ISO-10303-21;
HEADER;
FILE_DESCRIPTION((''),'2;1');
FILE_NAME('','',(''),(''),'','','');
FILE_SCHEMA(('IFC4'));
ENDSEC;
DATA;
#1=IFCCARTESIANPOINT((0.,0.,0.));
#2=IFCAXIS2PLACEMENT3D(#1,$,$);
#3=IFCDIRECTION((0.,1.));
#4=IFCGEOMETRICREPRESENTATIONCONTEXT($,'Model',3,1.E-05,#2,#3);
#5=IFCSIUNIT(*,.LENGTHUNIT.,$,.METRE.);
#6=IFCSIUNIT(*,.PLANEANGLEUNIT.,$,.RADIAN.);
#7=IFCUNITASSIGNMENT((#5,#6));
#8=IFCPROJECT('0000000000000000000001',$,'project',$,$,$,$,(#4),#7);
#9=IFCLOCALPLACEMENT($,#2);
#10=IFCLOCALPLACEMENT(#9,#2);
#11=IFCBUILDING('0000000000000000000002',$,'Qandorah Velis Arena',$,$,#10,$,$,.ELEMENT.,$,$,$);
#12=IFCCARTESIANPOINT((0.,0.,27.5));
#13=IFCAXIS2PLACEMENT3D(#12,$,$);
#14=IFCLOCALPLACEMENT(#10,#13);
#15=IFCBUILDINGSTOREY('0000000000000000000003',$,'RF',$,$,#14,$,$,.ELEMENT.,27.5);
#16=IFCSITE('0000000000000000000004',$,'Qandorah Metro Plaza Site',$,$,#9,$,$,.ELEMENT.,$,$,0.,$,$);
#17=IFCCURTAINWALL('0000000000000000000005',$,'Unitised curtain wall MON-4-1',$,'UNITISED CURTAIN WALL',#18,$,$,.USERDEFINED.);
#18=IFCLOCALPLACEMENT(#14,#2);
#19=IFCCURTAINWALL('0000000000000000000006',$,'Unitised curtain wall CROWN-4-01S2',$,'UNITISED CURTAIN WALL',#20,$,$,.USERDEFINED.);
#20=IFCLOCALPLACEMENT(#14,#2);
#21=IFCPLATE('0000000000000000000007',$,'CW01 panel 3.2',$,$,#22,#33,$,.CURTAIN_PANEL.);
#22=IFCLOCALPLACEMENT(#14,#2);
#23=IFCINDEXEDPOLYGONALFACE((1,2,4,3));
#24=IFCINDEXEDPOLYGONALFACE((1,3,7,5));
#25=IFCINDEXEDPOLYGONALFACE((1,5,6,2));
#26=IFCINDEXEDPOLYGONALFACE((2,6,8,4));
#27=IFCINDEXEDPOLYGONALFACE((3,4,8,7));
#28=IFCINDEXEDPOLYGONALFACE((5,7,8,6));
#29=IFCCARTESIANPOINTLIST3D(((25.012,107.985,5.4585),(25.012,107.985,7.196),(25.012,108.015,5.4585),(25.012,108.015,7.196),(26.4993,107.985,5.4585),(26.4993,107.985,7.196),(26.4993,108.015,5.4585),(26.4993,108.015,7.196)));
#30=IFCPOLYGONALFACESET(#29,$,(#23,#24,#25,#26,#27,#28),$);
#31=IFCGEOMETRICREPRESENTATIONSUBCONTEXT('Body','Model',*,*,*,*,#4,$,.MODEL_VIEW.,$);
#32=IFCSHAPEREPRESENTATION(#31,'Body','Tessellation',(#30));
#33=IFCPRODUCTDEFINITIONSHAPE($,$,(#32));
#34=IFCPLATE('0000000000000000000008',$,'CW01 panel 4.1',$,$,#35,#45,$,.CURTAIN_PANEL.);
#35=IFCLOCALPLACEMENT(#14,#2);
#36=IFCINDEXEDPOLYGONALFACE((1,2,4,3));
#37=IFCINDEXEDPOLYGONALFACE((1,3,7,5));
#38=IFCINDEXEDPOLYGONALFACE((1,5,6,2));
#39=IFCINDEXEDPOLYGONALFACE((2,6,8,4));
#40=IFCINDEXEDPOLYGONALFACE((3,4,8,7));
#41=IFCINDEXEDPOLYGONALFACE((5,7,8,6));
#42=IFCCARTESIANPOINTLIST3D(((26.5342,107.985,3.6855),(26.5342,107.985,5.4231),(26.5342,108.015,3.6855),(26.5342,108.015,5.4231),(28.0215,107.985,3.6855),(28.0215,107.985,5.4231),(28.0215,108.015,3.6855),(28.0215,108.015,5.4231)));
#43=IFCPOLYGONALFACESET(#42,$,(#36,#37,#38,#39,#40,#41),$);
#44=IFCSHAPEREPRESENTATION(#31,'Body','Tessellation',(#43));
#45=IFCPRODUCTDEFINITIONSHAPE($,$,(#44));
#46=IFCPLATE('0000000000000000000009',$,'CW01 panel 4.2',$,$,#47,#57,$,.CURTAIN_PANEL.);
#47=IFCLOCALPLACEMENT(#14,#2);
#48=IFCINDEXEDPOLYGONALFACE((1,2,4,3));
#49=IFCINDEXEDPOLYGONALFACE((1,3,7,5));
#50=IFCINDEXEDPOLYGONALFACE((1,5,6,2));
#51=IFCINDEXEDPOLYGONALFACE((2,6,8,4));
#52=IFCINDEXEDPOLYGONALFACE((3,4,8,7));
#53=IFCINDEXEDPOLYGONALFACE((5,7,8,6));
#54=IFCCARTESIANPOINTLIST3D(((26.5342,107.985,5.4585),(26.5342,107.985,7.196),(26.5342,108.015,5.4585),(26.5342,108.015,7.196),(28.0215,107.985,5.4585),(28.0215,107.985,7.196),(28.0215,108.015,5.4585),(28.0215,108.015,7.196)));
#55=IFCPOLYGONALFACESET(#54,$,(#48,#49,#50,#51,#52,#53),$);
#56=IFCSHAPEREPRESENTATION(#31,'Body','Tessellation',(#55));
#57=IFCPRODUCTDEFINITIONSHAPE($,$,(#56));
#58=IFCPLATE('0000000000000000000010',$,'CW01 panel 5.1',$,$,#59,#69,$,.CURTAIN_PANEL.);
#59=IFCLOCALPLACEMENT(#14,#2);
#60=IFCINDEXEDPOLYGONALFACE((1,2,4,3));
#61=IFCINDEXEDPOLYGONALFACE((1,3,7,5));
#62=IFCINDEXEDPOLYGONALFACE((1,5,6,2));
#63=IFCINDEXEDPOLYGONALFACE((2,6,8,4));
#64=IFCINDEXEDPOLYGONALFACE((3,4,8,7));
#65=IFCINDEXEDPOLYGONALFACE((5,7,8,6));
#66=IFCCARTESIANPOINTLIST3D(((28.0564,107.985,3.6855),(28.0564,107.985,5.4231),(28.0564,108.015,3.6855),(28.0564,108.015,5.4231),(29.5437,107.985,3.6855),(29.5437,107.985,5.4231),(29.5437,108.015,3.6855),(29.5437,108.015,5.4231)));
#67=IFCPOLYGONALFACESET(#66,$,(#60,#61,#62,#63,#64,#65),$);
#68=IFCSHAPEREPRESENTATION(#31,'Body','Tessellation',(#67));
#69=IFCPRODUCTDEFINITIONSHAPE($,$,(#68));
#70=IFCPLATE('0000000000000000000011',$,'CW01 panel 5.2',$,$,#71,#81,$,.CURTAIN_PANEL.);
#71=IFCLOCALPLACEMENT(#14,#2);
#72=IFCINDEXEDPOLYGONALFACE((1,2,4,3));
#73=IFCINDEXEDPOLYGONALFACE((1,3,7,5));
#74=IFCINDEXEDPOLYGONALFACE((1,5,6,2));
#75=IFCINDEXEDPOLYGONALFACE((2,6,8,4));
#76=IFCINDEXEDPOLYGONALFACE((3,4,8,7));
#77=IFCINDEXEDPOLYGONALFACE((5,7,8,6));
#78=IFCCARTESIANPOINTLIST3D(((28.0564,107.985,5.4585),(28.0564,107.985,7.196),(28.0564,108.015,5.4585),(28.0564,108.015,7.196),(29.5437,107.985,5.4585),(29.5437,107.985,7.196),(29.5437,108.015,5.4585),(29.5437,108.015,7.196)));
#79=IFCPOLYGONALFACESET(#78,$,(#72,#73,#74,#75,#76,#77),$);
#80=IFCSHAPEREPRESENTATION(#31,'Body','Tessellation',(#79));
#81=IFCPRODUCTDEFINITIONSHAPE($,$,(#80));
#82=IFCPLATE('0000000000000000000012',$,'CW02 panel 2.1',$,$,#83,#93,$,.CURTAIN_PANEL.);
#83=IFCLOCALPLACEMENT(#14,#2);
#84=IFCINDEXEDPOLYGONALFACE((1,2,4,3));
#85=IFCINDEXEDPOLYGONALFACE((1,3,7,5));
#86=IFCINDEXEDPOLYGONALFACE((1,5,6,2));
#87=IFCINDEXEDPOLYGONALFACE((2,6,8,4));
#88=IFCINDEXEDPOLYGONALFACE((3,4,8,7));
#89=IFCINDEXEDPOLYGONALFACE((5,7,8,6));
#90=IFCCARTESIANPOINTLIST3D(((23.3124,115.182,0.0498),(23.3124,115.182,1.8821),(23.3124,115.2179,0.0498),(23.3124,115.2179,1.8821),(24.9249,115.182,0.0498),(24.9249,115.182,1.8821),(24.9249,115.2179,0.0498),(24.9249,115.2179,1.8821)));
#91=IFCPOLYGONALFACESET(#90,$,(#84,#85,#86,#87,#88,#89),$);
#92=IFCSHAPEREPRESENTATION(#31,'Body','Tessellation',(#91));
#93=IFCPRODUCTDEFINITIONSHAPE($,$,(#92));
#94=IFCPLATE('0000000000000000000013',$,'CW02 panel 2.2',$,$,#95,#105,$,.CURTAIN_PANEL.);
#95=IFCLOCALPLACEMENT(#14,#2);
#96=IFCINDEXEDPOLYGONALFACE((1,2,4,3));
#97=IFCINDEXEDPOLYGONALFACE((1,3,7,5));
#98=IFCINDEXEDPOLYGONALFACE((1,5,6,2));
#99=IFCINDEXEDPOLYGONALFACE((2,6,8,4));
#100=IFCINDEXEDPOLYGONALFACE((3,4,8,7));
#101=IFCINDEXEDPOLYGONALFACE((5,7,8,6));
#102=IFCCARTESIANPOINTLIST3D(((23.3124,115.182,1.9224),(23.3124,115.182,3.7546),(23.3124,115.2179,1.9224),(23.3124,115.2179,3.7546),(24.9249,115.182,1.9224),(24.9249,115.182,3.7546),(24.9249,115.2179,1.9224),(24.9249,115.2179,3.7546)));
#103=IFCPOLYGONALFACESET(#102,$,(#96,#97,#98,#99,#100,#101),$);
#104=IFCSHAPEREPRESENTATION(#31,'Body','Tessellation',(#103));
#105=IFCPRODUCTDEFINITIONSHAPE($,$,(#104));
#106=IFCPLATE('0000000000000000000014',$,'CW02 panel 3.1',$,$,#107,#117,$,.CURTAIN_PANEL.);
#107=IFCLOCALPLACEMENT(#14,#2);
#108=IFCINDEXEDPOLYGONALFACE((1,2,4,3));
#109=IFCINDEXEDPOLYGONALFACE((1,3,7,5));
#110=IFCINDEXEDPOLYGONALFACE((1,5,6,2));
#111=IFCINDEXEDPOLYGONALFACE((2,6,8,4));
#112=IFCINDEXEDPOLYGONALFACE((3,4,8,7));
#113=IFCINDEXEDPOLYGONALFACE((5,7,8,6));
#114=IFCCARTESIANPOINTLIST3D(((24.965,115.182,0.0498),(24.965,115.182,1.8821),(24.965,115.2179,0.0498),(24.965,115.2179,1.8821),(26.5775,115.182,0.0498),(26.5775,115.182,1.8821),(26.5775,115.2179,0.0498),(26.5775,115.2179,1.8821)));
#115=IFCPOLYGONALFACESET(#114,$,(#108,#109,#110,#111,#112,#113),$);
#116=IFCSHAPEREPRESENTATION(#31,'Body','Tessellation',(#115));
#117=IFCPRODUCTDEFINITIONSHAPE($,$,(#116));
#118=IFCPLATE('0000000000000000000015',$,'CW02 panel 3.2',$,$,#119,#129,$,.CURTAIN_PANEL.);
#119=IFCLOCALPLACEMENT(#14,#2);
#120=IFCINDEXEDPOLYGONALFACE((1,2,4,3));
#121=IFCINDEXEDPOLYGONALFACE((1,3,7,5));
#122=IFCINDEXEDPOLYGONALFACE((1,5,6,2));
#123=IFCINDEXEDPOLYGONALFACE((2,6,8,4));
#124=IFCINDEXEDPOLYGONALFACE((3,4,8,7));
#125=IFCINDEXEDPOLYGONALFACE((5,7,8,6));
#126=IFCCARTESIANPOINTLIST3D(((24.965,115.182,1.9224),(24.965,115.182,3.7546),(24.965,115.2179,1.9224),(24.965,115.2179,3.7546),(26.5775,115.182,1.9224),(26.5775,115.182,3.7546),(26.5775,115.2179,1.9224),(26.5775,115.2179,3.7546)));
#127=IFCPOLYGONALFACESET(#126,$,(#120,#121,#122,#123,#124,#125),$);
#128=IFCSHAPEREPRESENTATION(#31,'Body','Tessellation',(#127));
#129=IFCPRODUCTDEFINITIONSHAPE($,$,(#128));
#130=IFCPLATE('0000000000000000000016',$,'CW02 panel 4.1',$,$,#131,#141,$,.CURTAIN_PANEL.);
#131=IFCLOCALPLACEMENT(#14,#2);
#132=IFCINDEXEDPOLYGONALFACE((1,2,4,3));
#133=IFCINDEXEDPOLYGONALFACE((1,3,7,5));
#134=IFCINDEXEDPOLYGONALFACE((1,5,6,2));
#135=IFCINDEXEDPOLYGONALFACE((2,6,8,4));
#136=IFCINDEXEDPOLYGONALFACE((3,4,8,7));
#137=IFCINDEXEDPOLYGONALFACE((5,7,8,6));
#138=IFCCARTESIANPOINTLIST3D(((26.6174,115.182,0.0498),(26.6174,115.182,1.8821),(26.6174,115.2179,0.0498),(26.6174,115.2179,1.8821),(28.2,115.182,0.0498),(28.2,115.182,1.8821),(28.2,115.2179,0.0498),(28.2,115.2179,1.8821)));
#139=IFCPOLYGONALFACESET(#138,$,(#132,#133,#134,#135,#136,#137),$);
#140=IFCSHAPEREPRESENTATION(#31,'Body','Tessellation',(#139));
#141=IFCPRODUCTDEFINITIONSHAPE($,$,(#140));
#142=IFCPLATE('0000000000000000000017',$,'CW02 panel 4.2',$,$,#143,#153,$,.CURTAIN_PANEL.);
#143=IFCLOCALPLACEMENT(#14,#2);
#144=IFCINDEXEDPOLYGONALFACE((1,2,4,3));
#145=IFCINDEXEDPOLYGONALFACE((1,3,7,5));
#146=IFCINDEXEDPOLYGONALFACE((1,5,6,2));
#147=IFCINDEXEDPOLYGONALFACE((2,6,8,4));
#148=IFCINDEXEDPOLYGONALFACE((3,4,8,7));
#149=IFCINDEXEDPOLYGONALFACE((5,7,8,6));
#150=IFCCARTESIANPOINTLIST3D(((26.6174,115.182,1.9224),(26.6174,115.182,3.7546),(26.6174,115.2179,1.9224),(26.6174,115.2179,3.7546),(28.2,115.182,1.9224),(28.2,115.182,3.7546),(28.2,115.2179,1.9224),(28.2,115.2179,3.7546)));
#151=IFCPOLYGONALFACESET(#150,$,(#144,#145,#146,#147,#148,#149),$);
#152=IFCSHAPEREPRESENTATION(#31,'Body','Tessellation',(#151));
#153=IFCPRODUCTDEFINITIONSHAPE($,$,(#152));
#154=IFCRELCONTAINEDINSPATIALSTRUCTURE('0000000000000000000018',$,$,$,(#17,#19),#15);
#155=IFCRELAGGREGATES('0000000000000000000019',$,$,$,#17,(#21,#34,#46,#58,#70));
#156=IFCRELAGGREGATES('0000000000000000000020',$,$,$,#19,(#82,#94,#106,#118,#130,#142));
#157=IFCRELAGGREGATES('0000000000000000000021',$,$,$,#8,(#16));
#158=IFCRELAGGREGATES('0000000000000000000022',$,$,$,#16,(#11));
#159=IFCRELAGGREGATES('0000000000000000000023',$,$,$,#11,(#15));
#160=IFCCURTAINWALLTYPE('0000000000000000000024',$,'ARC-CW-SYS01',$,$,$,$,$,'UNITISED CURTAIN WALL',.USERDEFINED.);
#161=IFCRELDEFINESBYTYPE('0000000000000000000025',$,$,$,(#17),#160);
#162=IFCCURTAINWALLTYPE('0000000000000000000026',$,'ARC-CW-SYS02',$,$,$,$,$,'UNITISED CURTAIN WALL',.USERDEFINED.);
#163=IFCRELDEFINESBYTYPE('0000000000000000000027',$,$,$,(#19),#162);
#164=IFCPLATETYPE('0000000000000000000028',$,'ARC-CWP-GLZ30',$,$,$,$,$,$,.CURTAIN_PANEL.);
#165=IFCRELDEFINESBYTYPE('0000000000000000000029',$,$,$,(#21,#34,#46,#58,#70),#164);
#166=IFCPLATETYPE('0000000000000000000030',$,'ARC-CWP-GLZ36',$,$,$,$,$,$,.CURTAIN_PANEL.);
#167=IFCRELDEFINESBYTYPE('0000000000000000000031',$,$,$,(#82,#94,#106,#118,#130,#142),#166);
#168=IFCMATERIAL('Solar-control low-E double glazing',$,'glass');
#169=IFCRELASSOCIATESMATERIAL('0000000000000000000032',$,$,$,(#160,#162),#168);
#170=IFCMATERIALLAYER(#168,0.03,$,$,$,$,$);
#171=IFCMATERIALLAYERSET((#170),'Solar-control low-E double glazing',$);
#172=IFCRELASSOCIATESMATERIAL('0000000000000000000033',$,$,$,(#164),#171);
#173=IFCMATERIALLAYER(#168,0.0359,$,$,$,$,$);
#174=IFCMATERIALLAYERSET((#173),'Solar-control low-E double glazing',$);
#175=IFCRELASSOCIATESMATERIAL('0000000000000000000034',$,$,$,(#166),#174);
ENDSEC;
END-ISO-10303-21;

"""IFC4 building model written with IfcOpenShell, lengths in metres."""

from ifc_helpers import new_model, si_unit, direction, frame, origin, origin_2d, place, context, subcontext, project, spatial, rectangle, extrude, material, layer, layer_set, type_object, element, aggregate, save


model = new_model("IFC4")

# Units and contexts
model_context = context("Model", 3, precision=1e-05, world=origin(), true_north=direction((0.0, 1.0)))
body_context = subcontext(model_context, "Body", "Model", "MODEL_VIEW")
ifc_project = project(units=[si_unit("LENGTHUNIT", "METRE"), si_unit("PLANEANGLEUNIT", "RADIAN")], contexts=[model_context])

# Site, building, storey
site_placement = place(None, origin())
site = spatial("IfcSite", under=ifc_project, at=site_placement, Name="Qandorah Metro Plaza Site", CompositionType="ELEMENT", RefElevation=0.0)
building_placement = place(site_placement, origin())
building = spatial("IfcBuilding", under=site, at=building_placement, Name="Qandorah Velis Arena", CompositionType="ELEMENT")
storey_placement = place(building_placement, frame((0.0, 0.0, 27.5)))
storey = spatial("IfcBuildingStorey", under=building, at=storey_placement, Name="RF", CompositionType="ELEMENT", Elevation=27.5)

# Curtain walls
ifc_material_1 = material(Name="Solar-control low-E double glazing", Category="glass")
curtain_wall_type_1 = type_object("IfcCurtainWallType", Name="ARC-CW-SYS01", ElementType="UNITISED CURTAIN WALL", PredefinedType="USERDEFINED", material=ifc_material_1)
curtain_wall_1_placement = place(storey_placement, origin())
curtain_wall_1 = element("IfcCurtainWall", 1, at=curtain_wall_1_placement, inside=storey, type_object=curtain_wall_type_1, Name="Unitised curtain wall MON-4-1", ObjectType="UNITISED CURTAIN WALL", PredefinedType="USERDEFINED")
curtain_wall_type_2 = type_object("IfcCurtainWallType", Name="ARC-CW-SYS02", ElementType="UNITISED CURTAIN WALL", PredefinedType="USERDEFINED", material=ifc_material_1)
curtain_wall_2_placement = place(storey_placement, origin())
curtain_wall_2 = element("IfcCurtainWall", 2, at=curtain_wall_2_placement, inside=storey, type_object=curtain_wall_type_2, Name="Unitised curtain wall CROWN-4-01S2", ObjectType="UNITISED CURTAIN WALL", PredefinedType="USERDEFINED")

# Plates
ifc_layer_1 = layer(ifc_material_1, 0.03)
ifc_layer_set_1 = layer_set([ifc_layer_1], Name="Solar-control low-E double glazing")
plate_type_1 = type_object("IfcPlateType", Name="ARC-CWP-GLZ30", PredefinedType="CURTAIN_PANEL", material=ifc_layer_set_1)
plate_1_placement = place(storey_placement, frame((25.7556, 108.0, 5.4585), z_axis=(0.0, 0.0, 1.0), x_axis=(1.0, 0.0, 0.0)))
plate_1 = element("IfcPlate", 3, at=plate_1_placement, type_object=plate_type_1, Name="CW01 panel 3.2", PredefinedType="CURTAIN_PANEL", context=body_context, shape_type="SweptSolid", body=[
    extrude(rectangle(XDim=1.4873, YDim=0.03, at=origin_2d()), origin(), (0.0, 0.0, 1.0), 1.7375),
])
plate_2_placement = place(storey_placement, frame((27.2778, 108.0, 3.6855), z_axis=(0.0, 0.0, 1.0), x_axis=(1.0, 0.0, 0.0)))
plate_2 = element("IfcPlate", 4, at=plate_2_placement, type_object=plate_type_1, Name="CW01 panel 4.1", PredefinedType="CURTAIN_PANEL", context=body_context, shape_type="SweptSolid", body=[
    extrude(rectangle(XDim=1.4873, YDim=0.03, at=origin_2d()), origin(), (0.0, 0.0, 1.0), 1.7375),
])
plate_3_placement = place(storey_placement, frame((27.2778, 108.0, 5.4585), z_axis=(0.0, 0.0, 1.0), x_axis=(1.0, 0.0, 0.0)))
plate_3 = element("IfcPlate", 5, at=plate_3_placement, type_object=plate_type_1, Name="CW01 panel 4.2", PredefinedType="CURTAIN_PANEL", context=body_context, shape_type="SweptSolid", body=[
    extrude(rectangle(XDim=1.4873, YDim=0.03, at=origin_2d()), origin(), (0.0, 0.0, 1.0), 1.7375),
])
plate_4_placement = place(storey_placement, frame((28.8, 108.0, 3.6855), z_axis=(0.0, 0.0, 1.0), x_axis=(1.0, 0.0, 0.0)))
plate_4 = element("IfcPlate", 6, at=plate_4_placement, type_object=plate_type_1, Name="CW01 panel 5.1", PredefinedType="CURTAIN_PANEL", context=body_context, shape_type="SweptSolid", body=[
    extrude(rectangle(XDim=1.4873, YDim=0.03, at=origin_2d()), origin(), (0.0, 0.0, 1.0), 1.7375),
])
plate_5_placement = place(storey_placement, frame((28.8, 108.0, 5.4585), z_axis=(0.0, 0.0, 1.0), x_axis=(1.0, 0.0, 0.0)))
plate_5 = element("IfcPlate", 7, at=plate_5_placement, type_object=plate_type_1, Name="CW01 panel 5.2", PredefinedType="CURTAIN_PANEL", context=body_context, shape_type="SweptSolid", body=[
    extrude(rectangle(XDim=1.4873, YDim=0.03, at=origin_2d()), origin(), (0.0, 0.0, 1.0), 1.7375),
])
aggregate(curtain_wall_1, [plate_1, plate_2, plate_3, plate_4, plate_5])
ifc_layer_2 = layer(ifc_material_1, 0.0359)
ifc_layer_set_2 = layer_set([ifc_layer_2], Name="Solar-control low-E double glazing")
plate_type_2 = type_object("IfcPlateType", Name="ARC-CWP-GLZ36", PredefinedType="CURTAIN_PANEL", material=ifc_layer_set_2)
plate_6_placement = place(storey_placement, frame((24.1187, 115.2, 0.0498), z_axis=(0.0, 0.0, 1.0), x_axis=(1.0, 0.0, 0.0)))
plate_6 = element("IfcPlate", 8, at=plate_6_placement, type_object=plate_type_2, Name="CW02 panel 2.1", PredefinedType="CURTAIN_PANEL", context=body_context, shape_type="SweptSolid", body=[
    extrude(rectangle(XDim=1.6125, YDim=0.0359, at=origin_2d()), origin(), (0.0, 0.0, 1.0), 1.8323),
])
plate_7_placement = place(storey_placement, frame((24.1187, 115.2, 1.9224), z_axis=(0.0, 0.0, 1.0), x_axis=(1.0, 0.0, 0.0)))
plate_7 = element("IfcPlate", 9, at=plate_7_placement, type_object=plate_type_2, Name="CW02 panel 2.2", PredefinedType="CURTAIN_PANEL", context=body_context, shape_type="SweptSolid", body=[
    extrude(rectangle(XDim=1.6125, YDim=0.0359, at=origin_2d()), origin(), (0.0, 0.0, 1.0), 1.8323),
])
plate_8_placement = place(storey_placement, frame((25.7712, 115.2, 0.0498), z_axis=(0.0, 0.0, 1.0), x_axis=(1.0, 0.0, 0.0)))
plate_8 = element("IfcPlate", 10, at=plate_8_placement, type_object=plate_type_2, Name="CW02 panel 3.1", PredefinedType="CURTAIN_PANEL", context=body_context, shape_type="SweptSolid", body=[
    extrude(rectangle(XDim=1.6125, YDim=0.0359, at=origin_2d()), origin(), (0.0, 0.0, 1.0), 1.8323),
])
plate_9_placement = place(storey_placement, frame((25.7712, 115.2, 1.9224), z_axis=(0.0, 0.0, 1.0), x_axis=(1.0, 0.0, 0.0)))
plate_9 = element("IfcPlate", 11, at=plate_9_placement, type_object=plate_type_2, Name="CW02 panel 3.2", PredefinedType="CURTAIN_PANEL", context=body_context, shape_type="SweptSolid", body=[
    extrude(rectangle(XDim=1.6125, YDim=0.0359, at=origin_2d()), origin(), (0.0, 0.0, 1.0), 1.8323),
])
plate_10_placement = place(storey_placement, frame((27.4087, 115.2, 0.0498), z_axis=(0.0, 0.0, 1.0), x_axis=(1.0, 0.0, 0.0)))
plate_10 = element("IfcPlate", 12, at=plate_10_placement, type_object=plate_type_2, Name="CW02 panel 4.1", PredefinedType="CURTAIN_PANEL", context=body_context, shape_type="SweptSolid", body=[
    extrude(rectangle(XDim=1.5825, YDim=0.0359, at=origin_2d()), origin(), (0.0, 0.0, 1.0), 1.8323),
])
plate_11_placement = place(storey_placement, frame((27.4087, 115.2, 1.9224), z_axis=(0.0, 0.0, 1.0), x_axis=(1.0, 0.0, 0.0)))
plate_11 = element("IfcPlate", 13, at=plate_11_placement, type_object=plate_type_2, Name="CW02 panel 4.2", PredefinedType="CURTAIN_PANEL", context=body_context, shape_type="SweptSolid", body=[
    extrude(rectangle(XDim=1.5825, YDim=0.0359, at=origin_2d()), origin(), (0.0, 0.0, 1.0), 1.8323),
])
aggregate(curtain_wall_2, [plate_6, plate_7, plate_8, plate_9, plate_10, plate_11])

save(model, "model.ifc")
